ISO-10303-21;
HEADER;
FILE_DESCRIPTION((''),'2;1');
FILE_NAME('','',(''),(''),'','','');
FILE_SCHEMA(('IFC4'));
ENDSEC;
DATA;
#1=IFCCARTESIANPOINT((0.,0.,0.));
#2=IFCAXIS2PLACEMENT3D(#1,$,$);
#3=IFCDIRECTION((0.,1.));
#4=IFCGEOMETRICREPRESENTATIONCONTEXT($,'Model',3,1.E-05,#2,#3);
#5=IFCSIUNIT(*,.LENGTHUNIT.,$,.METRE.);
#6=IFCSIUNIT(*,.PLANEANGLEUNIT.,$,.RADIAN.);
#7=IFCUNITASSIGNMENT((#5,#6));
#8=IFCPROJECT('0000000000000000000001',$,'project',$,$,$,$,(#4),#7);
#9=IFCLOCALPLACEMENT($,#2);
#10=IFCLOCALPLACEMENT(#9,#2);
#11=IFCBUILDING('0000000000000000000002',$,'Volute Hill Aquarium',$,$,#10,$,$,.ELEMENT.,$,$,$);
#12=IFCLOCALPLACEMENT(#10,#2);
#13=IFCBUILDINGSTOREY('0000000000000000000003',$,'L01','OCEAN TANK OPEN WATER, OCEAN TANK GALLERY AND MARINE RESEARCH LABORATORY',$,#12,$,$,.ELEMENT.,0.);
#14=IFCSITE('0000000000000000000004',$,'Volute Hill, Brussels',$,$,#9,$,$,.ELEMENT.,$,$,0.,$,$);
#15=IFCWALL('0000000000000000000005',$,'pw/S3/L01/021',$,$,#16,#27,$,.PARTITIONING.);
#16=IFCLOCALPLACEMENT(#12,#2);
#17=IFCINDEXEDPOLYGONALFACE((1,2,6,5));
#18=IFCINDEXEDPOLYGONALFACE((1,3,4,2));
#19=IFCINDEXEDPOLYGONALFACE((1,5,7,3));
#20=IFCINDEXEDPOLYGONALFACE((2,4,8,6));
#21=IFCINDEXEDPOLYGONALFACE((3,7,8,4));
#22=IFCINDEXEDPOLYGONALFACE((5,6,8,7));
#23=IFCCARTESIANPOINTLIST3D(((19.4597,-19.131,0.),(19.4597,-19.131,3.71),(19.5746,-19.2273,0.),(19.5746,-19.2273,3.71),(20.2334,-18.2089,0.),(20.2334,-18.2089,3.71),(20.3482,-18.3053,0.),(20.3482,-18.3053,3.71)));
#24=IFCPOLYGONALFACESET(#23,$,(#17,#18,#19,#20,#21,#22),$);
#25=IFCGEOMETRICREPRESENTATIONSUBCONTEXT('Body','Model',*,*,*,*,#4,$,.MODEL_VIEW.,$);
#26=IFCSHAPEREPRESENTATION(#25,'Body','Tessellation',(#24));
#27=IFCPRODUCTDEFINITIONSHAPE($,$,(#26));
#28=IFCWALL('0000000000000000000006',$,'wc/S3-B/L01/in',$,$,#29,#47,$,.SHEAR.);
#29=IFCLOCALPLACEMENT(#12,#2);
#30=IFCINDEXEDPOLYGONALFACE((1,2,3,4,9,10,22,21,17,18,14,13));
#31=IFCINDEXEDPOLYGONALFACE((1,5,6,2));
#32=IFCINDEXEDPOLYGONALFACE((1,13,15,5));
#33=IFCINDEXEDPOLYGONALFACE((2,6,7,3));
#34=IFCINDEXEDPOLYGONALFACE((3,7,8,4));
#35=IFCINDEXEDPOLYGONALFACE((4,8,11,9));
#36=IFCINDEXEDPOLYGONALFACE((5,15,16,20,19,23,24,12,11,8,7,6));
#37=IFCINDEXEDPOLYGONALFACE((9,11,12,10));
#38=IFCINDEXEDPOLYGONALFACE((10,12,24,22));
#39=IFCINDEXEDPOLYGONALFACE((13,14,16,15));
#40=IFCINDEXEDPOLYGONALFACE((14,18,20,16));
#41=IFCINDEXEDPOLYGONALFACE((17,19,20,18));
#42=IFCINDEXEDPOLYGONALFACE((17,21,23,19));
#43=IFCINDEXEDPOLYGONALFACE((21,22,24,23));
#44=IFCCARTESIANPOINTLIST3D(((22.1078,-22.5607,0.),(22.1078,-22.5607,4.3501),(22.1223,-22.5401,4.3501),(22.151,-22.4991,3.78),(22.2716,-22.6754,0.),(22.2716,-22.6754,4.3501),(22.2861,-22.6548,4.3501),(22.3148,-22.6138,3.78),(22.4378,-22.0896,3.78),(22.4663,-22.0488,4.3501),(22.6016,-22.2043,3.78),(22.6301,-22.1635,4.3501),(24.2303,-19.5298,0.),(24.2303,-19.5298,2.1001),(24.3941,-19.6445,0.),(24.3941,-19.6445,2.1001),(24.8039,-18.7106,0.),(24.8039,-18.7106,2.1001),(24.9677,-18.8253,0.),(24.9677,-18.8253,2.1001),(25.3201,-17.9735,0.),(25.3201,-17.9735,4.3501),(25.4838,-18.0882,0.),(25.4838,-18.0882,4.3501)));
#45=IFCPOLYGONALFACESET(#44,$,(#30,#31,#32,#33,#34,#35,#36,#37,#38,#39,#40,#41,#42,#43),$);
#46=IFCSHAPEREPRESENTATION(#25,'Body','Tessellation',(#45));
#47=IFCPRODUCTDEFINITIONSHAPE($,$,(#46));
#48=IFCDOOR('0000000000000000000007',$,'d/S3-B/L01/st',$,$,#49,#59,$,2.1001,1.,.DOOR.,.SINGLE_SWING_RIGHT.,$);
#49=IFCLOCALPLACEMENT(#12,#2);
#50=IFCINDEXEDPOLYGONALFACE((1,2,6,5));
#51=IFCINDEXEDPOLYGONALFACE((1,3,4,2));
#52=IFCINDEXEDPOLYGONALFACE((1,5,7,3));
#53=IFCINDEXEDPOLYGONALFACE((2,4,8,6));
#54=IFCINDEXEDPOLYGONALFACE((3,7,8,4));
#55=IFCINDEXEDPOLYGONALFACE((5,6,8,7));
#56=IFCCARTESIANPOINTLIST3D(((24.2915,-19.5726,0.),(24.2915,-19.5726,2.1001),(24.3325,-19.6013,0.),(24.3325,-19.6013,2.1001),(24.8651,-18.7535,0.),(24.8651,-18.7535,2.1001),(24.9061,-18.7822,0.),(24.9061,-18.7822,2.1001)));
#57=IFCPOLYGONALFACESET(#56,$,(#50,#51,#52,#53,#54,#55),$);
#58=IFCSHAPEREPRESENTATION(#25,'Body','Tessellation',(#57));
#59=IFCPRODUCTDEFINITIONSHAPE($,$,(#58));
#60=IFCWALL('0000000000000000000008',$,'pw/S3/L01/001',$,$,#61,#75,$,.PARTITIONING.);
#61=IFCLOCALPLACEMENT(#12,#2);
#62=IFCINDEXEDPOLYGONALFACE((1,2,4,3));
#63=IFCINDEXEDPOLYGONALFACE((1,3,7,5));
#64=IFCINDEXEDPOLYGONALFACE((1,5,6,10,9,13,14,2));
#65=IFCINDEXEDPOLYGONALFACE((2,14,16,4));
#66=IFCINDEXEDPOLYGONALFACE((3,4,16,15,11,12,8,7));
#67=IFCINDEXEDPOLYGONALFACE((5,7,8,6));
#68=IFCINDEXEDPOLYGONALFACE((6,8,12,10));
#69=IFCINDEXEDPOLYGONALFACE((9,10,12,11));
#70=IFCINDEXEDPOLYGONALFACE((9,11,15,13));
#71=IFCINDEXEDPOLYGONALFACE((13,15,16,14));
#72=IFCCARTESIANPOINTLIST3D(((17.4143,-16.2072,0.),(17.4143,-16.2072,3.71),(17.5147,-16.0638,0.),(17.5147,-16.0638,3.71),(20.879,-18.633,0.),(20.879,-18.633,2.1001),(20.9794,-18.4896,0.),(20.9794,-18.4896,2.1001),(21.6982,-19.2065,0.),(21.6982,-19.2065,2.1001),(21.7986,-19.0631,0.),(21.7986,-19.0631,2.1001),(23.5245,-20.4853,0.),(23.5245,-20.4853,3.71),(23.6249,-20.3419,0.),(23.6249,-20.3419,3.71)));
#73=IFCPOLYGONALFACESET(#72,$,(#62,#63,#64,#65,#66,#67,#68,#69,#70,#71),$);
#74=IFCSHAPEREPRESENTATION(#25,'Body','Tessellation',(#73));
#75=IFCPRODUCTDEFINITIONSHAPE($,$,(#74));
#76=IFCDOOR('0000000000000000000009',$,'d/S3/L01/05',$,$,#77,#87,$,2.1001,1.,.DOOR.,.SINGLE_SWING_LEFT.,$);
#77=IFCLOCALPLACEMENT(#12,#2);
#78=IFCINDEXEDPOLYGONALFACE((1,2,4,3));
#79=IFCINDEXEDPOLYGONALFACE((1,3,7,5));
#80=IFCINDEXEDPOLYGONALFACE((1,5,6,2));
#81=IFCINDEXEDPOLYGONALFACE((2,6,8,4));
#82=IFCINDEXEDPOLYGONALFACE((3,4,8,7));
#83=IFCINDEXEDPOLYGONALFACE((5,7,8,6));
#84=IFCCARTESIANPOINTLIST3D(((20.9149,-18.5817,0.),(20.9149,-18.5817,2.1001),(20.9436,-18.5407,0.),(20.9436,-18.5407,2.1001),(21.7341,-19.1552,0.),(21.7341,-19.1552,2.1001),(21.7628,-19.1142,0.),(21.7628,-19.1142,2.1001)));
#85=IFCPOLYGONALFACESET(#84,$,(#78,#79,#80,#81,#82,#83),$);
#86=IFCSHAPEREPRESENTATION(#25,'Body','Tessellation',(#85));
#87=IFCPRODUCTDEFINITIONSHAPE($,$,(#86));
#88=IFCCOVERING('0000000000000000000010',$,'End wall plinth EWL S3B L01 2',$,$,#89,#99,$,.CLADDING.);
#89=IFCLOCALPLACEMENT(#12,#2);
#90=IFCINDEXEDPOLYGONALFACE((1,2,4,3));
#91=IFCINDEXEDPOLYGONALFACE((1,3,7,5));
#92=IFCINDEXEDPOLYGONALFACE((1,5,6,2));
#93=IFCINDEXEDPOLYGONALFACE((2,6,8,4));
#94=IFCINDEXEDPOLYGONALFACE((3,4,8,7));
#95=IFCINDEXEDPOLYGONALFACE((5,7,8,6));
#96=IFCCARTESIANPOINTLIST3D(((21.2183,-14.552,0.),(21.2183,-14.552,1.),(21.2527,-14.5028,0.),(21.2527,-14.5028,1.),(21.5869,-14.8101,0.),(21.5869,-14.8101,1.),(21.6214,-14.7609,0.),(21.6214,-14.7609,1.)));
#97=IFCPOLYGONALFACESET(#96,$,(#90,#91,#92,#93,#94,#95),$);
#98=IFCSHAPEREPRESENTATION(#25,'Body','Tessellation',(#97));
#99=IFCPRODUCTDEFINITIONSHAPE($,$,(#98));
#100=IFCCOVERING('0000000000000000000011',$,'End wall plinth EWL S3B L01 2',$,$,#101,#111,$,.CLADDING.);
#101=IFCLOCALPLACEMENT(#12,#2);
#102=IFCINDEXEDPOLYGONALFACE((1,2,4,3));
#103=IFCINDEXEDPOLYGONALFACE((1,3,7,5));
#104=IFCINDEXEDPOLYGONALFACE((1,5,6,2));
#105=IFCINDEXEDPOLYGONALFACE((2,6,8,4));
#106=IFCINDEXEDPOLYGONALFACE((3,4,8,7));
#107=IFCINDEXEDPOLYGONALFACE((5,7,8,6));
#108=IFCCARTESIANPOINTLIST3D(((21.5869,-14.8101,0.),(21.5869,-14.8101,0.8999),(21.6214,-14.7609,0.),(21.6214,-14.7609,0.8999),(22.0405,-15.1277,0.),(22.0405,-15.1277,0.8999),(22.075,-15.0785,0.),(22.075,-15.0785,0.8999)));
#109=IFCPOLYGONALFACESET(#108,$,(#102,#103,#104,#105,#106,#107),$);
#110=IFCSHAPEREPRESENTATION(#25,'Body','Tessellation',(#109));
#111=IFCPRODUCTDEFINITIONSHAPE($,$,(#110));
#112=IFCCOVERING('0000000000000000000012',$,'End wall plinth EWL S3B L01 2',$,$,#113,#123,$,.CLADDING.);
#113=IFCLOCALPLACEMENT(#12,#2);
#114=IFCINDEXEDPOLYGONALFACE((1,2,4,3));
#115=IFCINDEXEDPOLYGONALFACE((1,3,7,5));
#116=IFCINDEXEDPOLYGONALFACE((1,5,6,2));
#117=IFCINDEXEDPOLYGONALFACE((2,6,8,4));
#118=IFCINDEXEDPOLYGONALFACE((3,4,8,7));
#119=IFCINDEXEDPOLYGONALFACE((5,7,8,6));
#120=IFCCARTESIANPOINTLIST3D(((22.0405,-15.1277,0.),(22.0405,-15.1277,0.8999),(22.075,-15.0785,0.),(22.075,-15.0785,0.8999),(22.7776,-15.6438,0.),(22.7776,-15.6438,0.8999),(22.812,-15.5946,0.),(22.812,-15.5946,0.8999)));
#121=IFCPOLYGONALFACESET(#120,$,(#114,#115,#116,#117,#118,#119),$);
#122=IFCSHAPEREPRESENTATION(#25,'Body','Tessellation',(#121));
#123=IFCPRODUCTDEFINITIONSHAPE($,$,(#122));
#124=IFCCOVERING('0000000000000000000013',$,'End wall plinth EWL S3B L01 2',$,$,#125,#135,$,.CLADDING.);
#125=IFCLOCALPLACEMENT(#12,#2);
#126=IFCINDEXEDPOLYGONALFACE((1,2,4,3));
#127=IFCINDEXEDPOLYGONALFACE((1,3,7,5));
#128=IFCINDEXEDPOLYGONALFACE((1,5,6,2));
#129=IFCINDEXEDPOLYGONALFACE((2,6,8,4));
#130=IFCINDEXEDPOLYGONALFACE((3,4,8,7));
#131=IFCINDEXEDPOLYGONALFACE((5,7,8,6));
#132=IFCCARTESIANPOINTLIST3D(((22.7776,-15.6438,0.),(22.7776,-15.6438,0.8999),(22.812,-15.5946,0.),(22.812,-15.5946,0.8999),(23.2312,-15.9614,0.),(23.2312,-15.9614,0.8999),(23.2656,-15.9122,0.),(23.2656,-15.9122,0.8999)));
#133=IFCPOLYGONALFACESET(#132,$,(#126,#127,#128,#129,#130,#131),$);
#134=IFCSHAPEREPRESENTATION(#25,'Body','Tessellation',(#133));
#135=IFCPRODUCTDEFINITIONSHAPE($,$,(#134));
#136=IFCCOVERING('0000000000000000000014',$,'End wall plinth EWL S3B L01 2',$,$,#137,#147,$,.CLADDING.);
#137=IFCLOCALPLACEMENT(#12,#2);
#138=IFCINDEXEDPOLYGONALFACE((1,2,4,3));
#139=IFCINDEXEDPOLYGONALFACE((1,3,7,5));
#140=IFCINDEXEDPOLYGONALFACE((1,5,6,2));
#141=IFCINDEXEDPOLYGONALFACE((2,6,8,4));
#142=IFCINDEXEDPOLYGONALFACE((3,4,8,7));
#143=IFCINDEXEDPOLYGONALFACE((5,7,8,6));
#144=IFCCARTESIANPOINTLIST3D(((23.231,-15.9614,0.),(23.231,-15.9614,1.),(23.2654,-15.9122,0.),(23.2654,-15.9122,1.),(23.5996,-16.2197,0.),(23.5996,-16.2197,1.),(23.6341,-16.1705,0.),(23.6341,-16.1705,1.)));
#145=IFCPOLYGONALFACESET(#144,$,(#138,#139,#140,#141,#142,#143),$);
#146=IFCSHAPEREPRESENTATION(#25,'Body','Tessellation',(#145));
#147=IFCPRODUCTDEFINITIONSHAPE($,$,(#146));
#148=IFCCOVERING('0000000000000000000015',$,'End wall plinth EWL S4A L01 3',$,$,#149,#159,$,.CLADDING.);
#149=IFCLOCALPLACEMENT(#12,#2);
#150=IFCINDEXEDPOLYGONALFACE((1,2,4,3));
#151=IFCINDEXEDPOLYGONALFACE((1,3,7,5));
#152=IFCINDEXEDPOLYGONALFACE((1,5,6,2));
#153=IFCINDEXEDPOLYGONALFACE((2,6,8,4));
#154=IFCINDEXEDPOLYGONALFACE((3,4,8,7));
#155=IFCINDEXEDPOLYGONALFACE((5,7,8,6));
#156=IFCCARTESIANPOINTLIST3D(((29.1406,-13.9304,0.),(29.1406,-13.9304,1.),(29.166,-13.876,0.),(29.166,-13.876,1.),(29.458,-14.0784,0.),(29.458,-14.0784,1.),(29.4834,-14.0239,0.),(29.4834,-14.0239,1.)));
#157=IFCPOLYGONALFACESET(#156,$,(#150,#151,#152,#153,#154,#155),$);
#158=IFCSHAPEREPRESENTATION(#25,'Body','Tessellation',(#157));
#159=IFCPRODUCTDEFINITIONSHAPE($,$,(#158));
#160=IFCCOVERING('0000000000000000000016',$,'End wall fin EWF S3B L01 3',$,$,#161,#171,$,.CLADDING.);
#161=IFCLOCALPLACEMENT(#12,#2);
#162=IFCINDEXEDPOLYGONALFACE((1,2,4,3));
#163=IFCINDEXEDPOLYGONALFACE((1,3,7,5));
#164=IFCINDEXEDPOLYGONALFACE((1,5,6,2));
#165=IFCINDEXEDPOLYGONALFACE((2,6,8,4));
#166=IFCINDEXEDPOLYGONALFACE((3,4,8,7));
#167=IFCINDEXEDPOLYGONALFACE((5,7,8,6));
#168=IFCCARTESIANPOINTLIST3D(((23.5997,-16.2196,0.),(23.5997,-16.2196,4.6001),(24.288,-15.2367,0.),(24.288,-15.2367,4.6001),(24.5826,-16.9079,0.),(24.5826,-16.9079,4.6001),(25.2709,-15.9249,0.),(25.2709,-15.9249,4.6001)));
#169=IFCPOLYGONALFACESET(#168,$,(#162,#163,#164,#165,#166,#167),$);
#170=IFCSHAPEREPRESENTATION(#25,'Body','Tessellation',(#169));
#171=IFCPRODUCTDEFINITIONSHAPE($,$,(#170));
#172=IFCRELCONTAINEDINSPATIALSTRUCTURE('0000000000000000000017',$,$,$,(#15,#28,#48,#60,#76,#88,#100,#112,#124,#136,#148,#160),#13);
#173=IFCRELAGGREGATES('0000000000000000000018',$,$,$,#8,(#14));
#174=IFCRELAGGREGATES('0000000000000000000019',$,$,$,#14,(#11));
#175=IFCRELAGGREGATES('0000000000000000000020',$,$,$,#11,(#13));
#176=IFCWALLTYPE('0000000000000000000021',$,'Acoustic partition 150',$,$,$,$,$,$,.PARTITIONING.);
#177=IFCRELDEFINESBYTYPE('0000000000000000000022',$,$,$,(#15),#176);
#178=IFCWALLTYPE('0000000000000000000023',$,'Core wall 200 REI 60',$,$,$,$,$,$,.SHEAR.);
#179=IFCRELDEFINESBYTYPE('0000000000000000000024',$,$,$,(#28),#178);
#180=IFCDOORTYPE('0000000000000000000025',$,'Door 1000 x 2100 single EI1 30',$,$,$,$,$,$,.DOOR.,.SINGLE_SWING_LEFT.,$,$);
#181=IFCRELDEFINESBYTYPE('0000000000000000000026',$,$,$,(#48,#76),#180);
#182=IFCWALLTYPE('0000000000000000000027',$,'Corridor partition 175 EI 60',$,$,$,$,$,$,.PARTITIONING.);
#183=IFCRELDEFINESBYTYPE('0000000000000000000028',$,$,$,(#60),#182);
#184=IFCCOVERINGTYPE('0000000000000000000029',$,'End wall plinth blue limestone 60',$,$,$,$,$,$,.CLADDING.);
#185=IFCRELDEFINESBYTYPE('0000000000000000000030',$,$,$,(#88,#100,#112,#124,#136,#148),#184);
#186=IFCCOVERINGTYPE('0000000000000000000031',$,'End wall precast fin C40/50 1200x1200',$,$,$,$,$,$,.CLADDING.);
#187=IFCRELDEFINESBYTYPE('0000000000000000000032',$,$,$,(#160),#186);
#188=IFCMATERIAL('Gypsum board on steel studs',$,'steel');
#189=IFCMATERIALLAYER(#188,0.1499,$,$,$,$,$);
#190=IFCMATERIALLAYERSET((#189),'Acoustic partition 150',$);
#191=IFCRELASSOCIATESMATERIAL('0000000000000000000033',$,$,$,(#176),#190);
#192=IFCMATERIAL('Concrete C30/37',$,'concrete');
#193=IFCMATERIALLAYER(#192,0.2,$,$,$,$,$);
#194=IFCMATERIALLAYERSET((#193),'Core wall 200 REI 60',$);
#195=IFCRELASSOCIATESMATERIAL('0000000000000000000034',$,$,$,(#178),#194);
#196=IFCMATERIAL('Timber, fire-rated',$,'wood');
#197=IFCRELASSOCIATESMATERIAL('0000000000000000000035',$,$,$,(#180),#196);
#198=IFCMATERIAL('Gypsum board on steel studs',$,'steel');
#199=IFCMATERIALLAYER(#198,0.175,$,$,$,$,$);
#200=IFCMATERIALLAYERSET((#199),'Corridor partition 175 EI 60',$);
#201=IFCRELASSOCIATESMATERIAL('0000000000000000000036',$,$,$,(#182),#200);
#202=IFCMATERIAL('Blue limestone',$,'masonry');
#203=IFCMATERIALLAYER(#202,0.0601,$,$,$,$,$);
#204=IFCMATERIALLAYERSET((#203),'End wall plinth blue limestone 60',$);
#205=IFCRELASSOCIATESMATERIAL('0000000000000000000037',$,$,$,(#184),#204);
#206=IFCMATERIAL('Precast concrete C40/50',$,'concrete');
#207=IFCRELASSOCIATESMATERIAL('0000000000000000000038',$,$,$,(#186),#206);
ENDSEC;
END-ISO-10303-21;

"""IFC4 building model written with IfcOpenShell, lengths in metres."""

from ifc_helpers import new_model, si_unit, direction, frame, frame_2d, origin, origin_2d, place, context, subcontext, project, spatial, polyline, rectangle, outline, extrude, material, layer, layer_set, type_object, element, fill, save


model = new_model("IFC4")

# Units and contexts
model_context = context("Model", 3, precision=1e-05, world=origin(), true_north=direction((0.0, 1.0)))
body_context = subcontext(model_context, "Body", "Model", "MODEL_VIEW")
ifc_project = project(units=[si_unit("LENGTHUNIT", "METRE"), si_unit("PLANEANGLEUNIT", "RADIAN")], contexts=[model_context])

# Site, building, storey
site_placement = place(None, origin())
site = spatial("IfcSite", under=ifc_project, at=site_placement, Name="Volute Hill, Brussels", CompositionType="ELEMENT", RefElevation=0.0)
building_placement = place(site_placement, origin())
building = spatial("IfcBuilding", under=site, at=building_placement, Name="Volute Hill Aquarium", CompositionType="ELEMENT")
storey_placement = place(building_placement, origin())
storey = spatial("IfcBuildingStorey", under=building, at=storey_placement, Name="L01", Description="OCEAN TANK OPEN WATER, OCEAN TANK GALLERY AND MARINE RESEARCH LABORATORY", CompositionType="ELEMENT", Elevation=0.0)

# Wall
ifc_material_1 = material(Name="Gypsum board on steel studs", Category="steel")
ifc_layer_1 = layer(ifc_material_1, 0.1499)
ifc_layer_set_1 = layer_set([ifc_layer_1], Name="Acoustic partition 150")
wall_type_1 = type_object("IfcWallType", Name="Acoustic partition 150", PredefinedType="PARTITIONING", material=ifc_layer_set_1)
wall_1_placement = place(storey_placement, frame((20.2908, -18.2571, 0.0), z_axis=(0.0, 0.0, 1.0), x_axis=(-0.642754, -0.766072, 0.0)))
element("IfcWall", 1, at=wall_1_placement, inside=storey, type_object=wall_type_1, Name="pw/S3/L01/021", PredefinedType="PARTITIONING", context=body_context, shape_type="SweptSolid", body=[
    extrude(rectangle(XDim=1.2036, YDim=0.1499, at=frame_2d((0.6018, 0.0))), origin(), (0.0, 0.0, 1.0), 3.71),
])

# Walls, openings, doors
ifc_material_2 = material(Name="Concrete C30/37", Category="concrete")
ifc_layer_2 = layer(ifc_material_2, 0.2)
ifc_layer_set_2 = layer_set([ifc_layer_2], Name="Core wall 200 REI 60")
wall_type_2 = type_object("IfcWallType", Name="Core wall 200 REI 60", PredefinedType="SHEAR", material=ifc_layer_set_2)
wall_2_placement = place(storey_placement, frame((25.4019, -18.0308, 0.0), z_axis=(0.0, 0.0, 1.0), x_axis=(-0.5736, -0.819136, 0.0)))
wall_2 = element("IfcWall", 2, at=wall_2_placement, inside=storey, type_object=wall_type_2, Name="wc/S3-B/L01/in", PredefinedType="SHEAR", context=body_context, shape_type="SweptSolid", body=[
    extrude(outline(polyline([(0.0, 0.0), (5.6001, 0.0), (5.6001, 4.3501), (5.575, 4.3501), (5.5249, 3.78), (5.0249, 3.78), (4.9751, 4.3501), (0.0, 4.3501), (0.0, 0.0)])), frame((0.0, 0.1001, 0.0), z_axis=(0.0, -1.0, 0.0), x_axis=(1.0, 0.0, 0.0)), (0.0, 0.0, 1.0), 0.2),
])
opening_1_placement = place(wall_2_placement, frame((0.8999, 0.0, 0.0)))
opening_1 = element("IfcOpeningElement", 3, at=opening_1_placement, cuts=wall_2, PredefinedType="OPENING", context=body_context, shape_type="SweptSolid", body=[
    extrude(rectangle(XDim=1.0, YDim=2.1001, at=frame_2d((0.5, 1.05))), frame((0.0, 0.1099, 0.0), z_axis=(0.0, -1.0, 0.0), x_axis=(1.0, 0.0, 0.0)), (0.0, 0.0, 1.0), 0.22),
])
ifc_material_3 = material(Name="Timber, fire-rated", Category="wood")
door_type = type_object("IfcDoorType", Name="Door 1000 x 2100 single EI1 30", OperationType="SINGLE_SWING_LEFT", PredefinedType="DOOR", material=ifc_material_3)
door_1_placement = place(opening_1_placement, origin())
door_1 = element("IfcDoor", 4, at=door_1_placement, inside=storey, type_object=door_type, Name="d/S3-B/L01/st", OperationType="SINGLE_SWING_RIGHT", OverallHeight=2.1001, OverallWidth=1.0, PredefinedType="DOOR", context=body_context, shape_type="SweptSolid", body=[
    extrude(rectangle(XDim=1.0, YDim=2.1001, at=frame_2d((0.5, 1.05))), frame((0.0, 0.0249, 0.0), z_axis=(0.0, -1.0, 0.0), x_axis=(1.0, 0.0, 0.0)), (0.0, 0.0, 1.0), 0.05),
])
fill(opening_1, door_1)
ifc_material_4 = material(Name="Gypsum board on steel studs", Category="steel")
ifc_layer_3 = layer(ifc_material_4, 0.175)
ifc_layer_set_3 = layer_set([ifc_layer_3], Name="Corridor partition 175 EI 60")
wall_type_3 = type_object("IfcWallType", Name="Corridor partition 175 EI 60", PredefinedType="PARTITIONING", material=ifc_layer_set_3)
wall_3_placement = place(storey_placement, frame((23.5747, -20.4136, 0.0), z_axis=(0.0, 0.0, 1.0), x_axis=(-0.819169, 0.573552, 0.0)))
wall_3 = element("IfcWall", 5, at=wall_3_placement, inside=storey, type_object=wall_type_3, Name="pw/S3/L01/001", PredefinedType="PARTITIONING", context=body_context, shape_type="SweptSolid", body=[
    extrude(rectangle(XDim=7.459, YDim=0.175, at=frame_2d((3.7295, 0.0))), origin(), (0.0, 0.0, 1.0), 3.71),
])
opening_2_placement = place(wall_3_placement, frame((2.2295, 0.0, 0.0)))
opening_2 = element("IfcOpeningElement", 6, at=opening_2_placement, cuts=wall_3, PredefinedType="OPENING", context=body_context, shape_type="SweptSolid", body=[
    extrude(rectangle(XDim=1.0, YDim=2.1001, at=frame_2d((0.5, 1.05))), frame((0.0, 0.0974, 0.0), z_axis=(0.0, -1.0, 0.0), x_axis=(1.0, 0.0, 0.0)), (0.0, 0.0, 1.0), 0.1951),
])
door_2_placement = place(opening_2_placement, origin())
door_2 = element("IfcDoor", 7, at=door_2_placement, inside=storey, type_object=door_type, Name="d/S3/L01/05", OperationType="SINGLE_SWING_LEFT", OverallHeight=2.1001, OverallWidth=1.0, PredefinedType="DOOR", context=body_context, shape_type="SweptSolid", body=[
    extrude(rectangle(XDim=1.0, YDim=2.1001, at=frame_2d((0.5, 1.05))), frame((0.0, 0.0249, 0.0), z_axis=(0.0, -1.0, 0.0), x_axis=(1.0, 0.0, 0.0)), (0.0, 0.0, 1.0), 0.05),
])
fill(opening_2, door_2)

# Coverings
ifc_material_5 = material(Name="Blue limestone", Category="masonry")
ifc_layer_4 = layer(ifc_material_5, 0.0601)
ifc_layer_set_4 = layer_set([ifc_layer_4], Name="End wall plinth blue limestone 60")
covering_type_1 = type_object("IfcCoveringType", Name="End wall plinth blue limestone 60", PredefinedType="CLADDING", material=ifc_layer_set_4)
covering_1_placement = place(storey_placement, frame((21.2183, -14.552, 0.0), z_axis=(-0.573462, -0.819232, 0.0), x_axis=(0.819232, -0.573462, 0.0)))
element("IfcCovering", 8, at=covering_1_placement, inside=storey, type_object=covering_type_1, Name="End wall plinth EWL S3B L01 2", PredefinedType="CLADDING", context=body_context, shape_type="SweptSolid", body=[
    extrude(outline(polyline([(0.0, 0.0), (0.45, 0.0), (0.45, 1.0), (0.0, 1.0), (0.0, 0.0)])), origin(), (0.0, 0.0, -1.0), 0.0601),
])
covering_2_placement = place(storey_placement, frame((21.5869, -14.8101, 0.0), z_axis=(-0.573581, -0.819149, 0.0), x_axis=(0.819149, -0.573581, 0.0)))
element("IfcCovering", 9, at=covering_2_placement, inside=storey, type_object=covering_type_1, Name="End wall plinth EWL S3B L01 2", PredefinedType="CLADDING", context=body_context, shape_type="SweptSolid", body=[
    extrude(outline(polyline([(0.0, 0.0), (0.5538, 0.0), (0.5538, 0.8999), (0.0, 0.8999), (0.0, 0.0)])), origin(), (0.0, 0.0, -1.0), 0.0601),
])
covering_3_placement = place(storey_placement, frame((22.0405, -15.1277, 0.0), z_axis=(-0.57359, -0.819143, 0.0), x_axis=(0.819143, -0.57359, 0.0)))
element("IfcCovering", 10, at=covering_3_placement, inside=storey, type_object=covering_type_1, Name="End wall plinth EWL S3B L01 2", PredefinedType="CLADDING", context=body_context, shape_type="SweptSolid", body=[
    extrude(outline(polyline([(0.0, 0.0), (0.8998, 0.0), (0.8998, 0.8999), (0.0, 0.8999), (0.0, 0.0)])), origin(), (0.0, 0.0, -1.0), 0.0601),
])
covering_4_placement = place(storey_placement, frame((22.7776, -15.6438, 0.0), z_axis=(-0.573581, -0.819149, 0.0), x_axis=(0.819149, -0.573581, 0.0)))
element("IfcCovering", 11, at=covering_4_placement, inside=storey, type_object=covering_type_1, Name="End wall plinth EWL S3B L01 2", PredefinedType="CLADDING", context=body_context, shape_type="SweptSolid", body=[
    extrude(outline(polyline([(0.0, 0.0), (0.5538, 0.0), (0.5538, 0.8999), (0.0, 0.8999), (0.0, 0.0)])), origin(), (0.0, 0.0, -1.0), 0.0601),
])
covering_5_placement = place(storey_placement, frame((23.231, -15.9614, 0.0), z_axis=(-0.573826, -0.818977, 0.0), x_axis=(0.818977, -0.573826, 0.0)))
element("IfcCovering", 12, at=covering_5_placement, inside=storey, type_object=covering_type_1, Name="End wall plinth EWL S3B L01 2", PredefinedType="CLADDING", context=body_context, shape_type="SweptSolid", body=[
    extrude(outline(polyline([(0.0, 0.0), (0.4501, 0.0), (0.4501, 1.0), (0.0, 1.0), (0.0, 0.0)])), origin(), (0.0, 0.0, -1.0), 0.0601),
])
covering_6_placement = place(storey_placement, frame((29.1406, -13.9304, 0.0), z_axis=(-0.422504, -0.906361, 0.0), x_axis=(0.906361, -0.422504, 0.0)))
element("IfcCovering", 13, at=covering_6_placement, inside=storey, type_object=covering_type_1, Name="End wall plinth EWL S4A L01 3", PredefinedType="CLADDING", context=body_context, shape_type="SweptSolid", body=[
    extrude(outline(polyline([(0.0, 0.0), (0.3502, 0.0), (0.3502, 1.0), (0.0, 1.0), (0.0, 0.0)])), origin(), (0.0, 0.0, -1.0), 0.0601),
])
ifc_material_6 = material(Name="Precast concrete C40/50", Category="concrete")
covering_type_2 = type_object("IfcCoveringType", Name="End wall precast fin C40/50 1200x1200", PredefinedType="CLADDING", material=ifc_material_6)
covering_7_placement = place(storey_placement, frame((24.4353, -16.0723, 0.0), z_axis=(0.0, 0.0, 1.0), x_axis=(0.819151, -0.573578, 0.0)))
element("IfcCovering", 14, at=covering_7_placement, inside=storey, type_object=covering_type_2, Name="End wall fin EWF S3B L01 3", PredefinedType="CLADDING", context=body_context, shape_type="SweptSolid", body=[
    extrude(rectangle(XDim=1.2, YDim=1.2, at=origin_2d()), origin(), (0.0, 0.0, 1.0), 4.6001),
])

save(model, "model.ifc")
